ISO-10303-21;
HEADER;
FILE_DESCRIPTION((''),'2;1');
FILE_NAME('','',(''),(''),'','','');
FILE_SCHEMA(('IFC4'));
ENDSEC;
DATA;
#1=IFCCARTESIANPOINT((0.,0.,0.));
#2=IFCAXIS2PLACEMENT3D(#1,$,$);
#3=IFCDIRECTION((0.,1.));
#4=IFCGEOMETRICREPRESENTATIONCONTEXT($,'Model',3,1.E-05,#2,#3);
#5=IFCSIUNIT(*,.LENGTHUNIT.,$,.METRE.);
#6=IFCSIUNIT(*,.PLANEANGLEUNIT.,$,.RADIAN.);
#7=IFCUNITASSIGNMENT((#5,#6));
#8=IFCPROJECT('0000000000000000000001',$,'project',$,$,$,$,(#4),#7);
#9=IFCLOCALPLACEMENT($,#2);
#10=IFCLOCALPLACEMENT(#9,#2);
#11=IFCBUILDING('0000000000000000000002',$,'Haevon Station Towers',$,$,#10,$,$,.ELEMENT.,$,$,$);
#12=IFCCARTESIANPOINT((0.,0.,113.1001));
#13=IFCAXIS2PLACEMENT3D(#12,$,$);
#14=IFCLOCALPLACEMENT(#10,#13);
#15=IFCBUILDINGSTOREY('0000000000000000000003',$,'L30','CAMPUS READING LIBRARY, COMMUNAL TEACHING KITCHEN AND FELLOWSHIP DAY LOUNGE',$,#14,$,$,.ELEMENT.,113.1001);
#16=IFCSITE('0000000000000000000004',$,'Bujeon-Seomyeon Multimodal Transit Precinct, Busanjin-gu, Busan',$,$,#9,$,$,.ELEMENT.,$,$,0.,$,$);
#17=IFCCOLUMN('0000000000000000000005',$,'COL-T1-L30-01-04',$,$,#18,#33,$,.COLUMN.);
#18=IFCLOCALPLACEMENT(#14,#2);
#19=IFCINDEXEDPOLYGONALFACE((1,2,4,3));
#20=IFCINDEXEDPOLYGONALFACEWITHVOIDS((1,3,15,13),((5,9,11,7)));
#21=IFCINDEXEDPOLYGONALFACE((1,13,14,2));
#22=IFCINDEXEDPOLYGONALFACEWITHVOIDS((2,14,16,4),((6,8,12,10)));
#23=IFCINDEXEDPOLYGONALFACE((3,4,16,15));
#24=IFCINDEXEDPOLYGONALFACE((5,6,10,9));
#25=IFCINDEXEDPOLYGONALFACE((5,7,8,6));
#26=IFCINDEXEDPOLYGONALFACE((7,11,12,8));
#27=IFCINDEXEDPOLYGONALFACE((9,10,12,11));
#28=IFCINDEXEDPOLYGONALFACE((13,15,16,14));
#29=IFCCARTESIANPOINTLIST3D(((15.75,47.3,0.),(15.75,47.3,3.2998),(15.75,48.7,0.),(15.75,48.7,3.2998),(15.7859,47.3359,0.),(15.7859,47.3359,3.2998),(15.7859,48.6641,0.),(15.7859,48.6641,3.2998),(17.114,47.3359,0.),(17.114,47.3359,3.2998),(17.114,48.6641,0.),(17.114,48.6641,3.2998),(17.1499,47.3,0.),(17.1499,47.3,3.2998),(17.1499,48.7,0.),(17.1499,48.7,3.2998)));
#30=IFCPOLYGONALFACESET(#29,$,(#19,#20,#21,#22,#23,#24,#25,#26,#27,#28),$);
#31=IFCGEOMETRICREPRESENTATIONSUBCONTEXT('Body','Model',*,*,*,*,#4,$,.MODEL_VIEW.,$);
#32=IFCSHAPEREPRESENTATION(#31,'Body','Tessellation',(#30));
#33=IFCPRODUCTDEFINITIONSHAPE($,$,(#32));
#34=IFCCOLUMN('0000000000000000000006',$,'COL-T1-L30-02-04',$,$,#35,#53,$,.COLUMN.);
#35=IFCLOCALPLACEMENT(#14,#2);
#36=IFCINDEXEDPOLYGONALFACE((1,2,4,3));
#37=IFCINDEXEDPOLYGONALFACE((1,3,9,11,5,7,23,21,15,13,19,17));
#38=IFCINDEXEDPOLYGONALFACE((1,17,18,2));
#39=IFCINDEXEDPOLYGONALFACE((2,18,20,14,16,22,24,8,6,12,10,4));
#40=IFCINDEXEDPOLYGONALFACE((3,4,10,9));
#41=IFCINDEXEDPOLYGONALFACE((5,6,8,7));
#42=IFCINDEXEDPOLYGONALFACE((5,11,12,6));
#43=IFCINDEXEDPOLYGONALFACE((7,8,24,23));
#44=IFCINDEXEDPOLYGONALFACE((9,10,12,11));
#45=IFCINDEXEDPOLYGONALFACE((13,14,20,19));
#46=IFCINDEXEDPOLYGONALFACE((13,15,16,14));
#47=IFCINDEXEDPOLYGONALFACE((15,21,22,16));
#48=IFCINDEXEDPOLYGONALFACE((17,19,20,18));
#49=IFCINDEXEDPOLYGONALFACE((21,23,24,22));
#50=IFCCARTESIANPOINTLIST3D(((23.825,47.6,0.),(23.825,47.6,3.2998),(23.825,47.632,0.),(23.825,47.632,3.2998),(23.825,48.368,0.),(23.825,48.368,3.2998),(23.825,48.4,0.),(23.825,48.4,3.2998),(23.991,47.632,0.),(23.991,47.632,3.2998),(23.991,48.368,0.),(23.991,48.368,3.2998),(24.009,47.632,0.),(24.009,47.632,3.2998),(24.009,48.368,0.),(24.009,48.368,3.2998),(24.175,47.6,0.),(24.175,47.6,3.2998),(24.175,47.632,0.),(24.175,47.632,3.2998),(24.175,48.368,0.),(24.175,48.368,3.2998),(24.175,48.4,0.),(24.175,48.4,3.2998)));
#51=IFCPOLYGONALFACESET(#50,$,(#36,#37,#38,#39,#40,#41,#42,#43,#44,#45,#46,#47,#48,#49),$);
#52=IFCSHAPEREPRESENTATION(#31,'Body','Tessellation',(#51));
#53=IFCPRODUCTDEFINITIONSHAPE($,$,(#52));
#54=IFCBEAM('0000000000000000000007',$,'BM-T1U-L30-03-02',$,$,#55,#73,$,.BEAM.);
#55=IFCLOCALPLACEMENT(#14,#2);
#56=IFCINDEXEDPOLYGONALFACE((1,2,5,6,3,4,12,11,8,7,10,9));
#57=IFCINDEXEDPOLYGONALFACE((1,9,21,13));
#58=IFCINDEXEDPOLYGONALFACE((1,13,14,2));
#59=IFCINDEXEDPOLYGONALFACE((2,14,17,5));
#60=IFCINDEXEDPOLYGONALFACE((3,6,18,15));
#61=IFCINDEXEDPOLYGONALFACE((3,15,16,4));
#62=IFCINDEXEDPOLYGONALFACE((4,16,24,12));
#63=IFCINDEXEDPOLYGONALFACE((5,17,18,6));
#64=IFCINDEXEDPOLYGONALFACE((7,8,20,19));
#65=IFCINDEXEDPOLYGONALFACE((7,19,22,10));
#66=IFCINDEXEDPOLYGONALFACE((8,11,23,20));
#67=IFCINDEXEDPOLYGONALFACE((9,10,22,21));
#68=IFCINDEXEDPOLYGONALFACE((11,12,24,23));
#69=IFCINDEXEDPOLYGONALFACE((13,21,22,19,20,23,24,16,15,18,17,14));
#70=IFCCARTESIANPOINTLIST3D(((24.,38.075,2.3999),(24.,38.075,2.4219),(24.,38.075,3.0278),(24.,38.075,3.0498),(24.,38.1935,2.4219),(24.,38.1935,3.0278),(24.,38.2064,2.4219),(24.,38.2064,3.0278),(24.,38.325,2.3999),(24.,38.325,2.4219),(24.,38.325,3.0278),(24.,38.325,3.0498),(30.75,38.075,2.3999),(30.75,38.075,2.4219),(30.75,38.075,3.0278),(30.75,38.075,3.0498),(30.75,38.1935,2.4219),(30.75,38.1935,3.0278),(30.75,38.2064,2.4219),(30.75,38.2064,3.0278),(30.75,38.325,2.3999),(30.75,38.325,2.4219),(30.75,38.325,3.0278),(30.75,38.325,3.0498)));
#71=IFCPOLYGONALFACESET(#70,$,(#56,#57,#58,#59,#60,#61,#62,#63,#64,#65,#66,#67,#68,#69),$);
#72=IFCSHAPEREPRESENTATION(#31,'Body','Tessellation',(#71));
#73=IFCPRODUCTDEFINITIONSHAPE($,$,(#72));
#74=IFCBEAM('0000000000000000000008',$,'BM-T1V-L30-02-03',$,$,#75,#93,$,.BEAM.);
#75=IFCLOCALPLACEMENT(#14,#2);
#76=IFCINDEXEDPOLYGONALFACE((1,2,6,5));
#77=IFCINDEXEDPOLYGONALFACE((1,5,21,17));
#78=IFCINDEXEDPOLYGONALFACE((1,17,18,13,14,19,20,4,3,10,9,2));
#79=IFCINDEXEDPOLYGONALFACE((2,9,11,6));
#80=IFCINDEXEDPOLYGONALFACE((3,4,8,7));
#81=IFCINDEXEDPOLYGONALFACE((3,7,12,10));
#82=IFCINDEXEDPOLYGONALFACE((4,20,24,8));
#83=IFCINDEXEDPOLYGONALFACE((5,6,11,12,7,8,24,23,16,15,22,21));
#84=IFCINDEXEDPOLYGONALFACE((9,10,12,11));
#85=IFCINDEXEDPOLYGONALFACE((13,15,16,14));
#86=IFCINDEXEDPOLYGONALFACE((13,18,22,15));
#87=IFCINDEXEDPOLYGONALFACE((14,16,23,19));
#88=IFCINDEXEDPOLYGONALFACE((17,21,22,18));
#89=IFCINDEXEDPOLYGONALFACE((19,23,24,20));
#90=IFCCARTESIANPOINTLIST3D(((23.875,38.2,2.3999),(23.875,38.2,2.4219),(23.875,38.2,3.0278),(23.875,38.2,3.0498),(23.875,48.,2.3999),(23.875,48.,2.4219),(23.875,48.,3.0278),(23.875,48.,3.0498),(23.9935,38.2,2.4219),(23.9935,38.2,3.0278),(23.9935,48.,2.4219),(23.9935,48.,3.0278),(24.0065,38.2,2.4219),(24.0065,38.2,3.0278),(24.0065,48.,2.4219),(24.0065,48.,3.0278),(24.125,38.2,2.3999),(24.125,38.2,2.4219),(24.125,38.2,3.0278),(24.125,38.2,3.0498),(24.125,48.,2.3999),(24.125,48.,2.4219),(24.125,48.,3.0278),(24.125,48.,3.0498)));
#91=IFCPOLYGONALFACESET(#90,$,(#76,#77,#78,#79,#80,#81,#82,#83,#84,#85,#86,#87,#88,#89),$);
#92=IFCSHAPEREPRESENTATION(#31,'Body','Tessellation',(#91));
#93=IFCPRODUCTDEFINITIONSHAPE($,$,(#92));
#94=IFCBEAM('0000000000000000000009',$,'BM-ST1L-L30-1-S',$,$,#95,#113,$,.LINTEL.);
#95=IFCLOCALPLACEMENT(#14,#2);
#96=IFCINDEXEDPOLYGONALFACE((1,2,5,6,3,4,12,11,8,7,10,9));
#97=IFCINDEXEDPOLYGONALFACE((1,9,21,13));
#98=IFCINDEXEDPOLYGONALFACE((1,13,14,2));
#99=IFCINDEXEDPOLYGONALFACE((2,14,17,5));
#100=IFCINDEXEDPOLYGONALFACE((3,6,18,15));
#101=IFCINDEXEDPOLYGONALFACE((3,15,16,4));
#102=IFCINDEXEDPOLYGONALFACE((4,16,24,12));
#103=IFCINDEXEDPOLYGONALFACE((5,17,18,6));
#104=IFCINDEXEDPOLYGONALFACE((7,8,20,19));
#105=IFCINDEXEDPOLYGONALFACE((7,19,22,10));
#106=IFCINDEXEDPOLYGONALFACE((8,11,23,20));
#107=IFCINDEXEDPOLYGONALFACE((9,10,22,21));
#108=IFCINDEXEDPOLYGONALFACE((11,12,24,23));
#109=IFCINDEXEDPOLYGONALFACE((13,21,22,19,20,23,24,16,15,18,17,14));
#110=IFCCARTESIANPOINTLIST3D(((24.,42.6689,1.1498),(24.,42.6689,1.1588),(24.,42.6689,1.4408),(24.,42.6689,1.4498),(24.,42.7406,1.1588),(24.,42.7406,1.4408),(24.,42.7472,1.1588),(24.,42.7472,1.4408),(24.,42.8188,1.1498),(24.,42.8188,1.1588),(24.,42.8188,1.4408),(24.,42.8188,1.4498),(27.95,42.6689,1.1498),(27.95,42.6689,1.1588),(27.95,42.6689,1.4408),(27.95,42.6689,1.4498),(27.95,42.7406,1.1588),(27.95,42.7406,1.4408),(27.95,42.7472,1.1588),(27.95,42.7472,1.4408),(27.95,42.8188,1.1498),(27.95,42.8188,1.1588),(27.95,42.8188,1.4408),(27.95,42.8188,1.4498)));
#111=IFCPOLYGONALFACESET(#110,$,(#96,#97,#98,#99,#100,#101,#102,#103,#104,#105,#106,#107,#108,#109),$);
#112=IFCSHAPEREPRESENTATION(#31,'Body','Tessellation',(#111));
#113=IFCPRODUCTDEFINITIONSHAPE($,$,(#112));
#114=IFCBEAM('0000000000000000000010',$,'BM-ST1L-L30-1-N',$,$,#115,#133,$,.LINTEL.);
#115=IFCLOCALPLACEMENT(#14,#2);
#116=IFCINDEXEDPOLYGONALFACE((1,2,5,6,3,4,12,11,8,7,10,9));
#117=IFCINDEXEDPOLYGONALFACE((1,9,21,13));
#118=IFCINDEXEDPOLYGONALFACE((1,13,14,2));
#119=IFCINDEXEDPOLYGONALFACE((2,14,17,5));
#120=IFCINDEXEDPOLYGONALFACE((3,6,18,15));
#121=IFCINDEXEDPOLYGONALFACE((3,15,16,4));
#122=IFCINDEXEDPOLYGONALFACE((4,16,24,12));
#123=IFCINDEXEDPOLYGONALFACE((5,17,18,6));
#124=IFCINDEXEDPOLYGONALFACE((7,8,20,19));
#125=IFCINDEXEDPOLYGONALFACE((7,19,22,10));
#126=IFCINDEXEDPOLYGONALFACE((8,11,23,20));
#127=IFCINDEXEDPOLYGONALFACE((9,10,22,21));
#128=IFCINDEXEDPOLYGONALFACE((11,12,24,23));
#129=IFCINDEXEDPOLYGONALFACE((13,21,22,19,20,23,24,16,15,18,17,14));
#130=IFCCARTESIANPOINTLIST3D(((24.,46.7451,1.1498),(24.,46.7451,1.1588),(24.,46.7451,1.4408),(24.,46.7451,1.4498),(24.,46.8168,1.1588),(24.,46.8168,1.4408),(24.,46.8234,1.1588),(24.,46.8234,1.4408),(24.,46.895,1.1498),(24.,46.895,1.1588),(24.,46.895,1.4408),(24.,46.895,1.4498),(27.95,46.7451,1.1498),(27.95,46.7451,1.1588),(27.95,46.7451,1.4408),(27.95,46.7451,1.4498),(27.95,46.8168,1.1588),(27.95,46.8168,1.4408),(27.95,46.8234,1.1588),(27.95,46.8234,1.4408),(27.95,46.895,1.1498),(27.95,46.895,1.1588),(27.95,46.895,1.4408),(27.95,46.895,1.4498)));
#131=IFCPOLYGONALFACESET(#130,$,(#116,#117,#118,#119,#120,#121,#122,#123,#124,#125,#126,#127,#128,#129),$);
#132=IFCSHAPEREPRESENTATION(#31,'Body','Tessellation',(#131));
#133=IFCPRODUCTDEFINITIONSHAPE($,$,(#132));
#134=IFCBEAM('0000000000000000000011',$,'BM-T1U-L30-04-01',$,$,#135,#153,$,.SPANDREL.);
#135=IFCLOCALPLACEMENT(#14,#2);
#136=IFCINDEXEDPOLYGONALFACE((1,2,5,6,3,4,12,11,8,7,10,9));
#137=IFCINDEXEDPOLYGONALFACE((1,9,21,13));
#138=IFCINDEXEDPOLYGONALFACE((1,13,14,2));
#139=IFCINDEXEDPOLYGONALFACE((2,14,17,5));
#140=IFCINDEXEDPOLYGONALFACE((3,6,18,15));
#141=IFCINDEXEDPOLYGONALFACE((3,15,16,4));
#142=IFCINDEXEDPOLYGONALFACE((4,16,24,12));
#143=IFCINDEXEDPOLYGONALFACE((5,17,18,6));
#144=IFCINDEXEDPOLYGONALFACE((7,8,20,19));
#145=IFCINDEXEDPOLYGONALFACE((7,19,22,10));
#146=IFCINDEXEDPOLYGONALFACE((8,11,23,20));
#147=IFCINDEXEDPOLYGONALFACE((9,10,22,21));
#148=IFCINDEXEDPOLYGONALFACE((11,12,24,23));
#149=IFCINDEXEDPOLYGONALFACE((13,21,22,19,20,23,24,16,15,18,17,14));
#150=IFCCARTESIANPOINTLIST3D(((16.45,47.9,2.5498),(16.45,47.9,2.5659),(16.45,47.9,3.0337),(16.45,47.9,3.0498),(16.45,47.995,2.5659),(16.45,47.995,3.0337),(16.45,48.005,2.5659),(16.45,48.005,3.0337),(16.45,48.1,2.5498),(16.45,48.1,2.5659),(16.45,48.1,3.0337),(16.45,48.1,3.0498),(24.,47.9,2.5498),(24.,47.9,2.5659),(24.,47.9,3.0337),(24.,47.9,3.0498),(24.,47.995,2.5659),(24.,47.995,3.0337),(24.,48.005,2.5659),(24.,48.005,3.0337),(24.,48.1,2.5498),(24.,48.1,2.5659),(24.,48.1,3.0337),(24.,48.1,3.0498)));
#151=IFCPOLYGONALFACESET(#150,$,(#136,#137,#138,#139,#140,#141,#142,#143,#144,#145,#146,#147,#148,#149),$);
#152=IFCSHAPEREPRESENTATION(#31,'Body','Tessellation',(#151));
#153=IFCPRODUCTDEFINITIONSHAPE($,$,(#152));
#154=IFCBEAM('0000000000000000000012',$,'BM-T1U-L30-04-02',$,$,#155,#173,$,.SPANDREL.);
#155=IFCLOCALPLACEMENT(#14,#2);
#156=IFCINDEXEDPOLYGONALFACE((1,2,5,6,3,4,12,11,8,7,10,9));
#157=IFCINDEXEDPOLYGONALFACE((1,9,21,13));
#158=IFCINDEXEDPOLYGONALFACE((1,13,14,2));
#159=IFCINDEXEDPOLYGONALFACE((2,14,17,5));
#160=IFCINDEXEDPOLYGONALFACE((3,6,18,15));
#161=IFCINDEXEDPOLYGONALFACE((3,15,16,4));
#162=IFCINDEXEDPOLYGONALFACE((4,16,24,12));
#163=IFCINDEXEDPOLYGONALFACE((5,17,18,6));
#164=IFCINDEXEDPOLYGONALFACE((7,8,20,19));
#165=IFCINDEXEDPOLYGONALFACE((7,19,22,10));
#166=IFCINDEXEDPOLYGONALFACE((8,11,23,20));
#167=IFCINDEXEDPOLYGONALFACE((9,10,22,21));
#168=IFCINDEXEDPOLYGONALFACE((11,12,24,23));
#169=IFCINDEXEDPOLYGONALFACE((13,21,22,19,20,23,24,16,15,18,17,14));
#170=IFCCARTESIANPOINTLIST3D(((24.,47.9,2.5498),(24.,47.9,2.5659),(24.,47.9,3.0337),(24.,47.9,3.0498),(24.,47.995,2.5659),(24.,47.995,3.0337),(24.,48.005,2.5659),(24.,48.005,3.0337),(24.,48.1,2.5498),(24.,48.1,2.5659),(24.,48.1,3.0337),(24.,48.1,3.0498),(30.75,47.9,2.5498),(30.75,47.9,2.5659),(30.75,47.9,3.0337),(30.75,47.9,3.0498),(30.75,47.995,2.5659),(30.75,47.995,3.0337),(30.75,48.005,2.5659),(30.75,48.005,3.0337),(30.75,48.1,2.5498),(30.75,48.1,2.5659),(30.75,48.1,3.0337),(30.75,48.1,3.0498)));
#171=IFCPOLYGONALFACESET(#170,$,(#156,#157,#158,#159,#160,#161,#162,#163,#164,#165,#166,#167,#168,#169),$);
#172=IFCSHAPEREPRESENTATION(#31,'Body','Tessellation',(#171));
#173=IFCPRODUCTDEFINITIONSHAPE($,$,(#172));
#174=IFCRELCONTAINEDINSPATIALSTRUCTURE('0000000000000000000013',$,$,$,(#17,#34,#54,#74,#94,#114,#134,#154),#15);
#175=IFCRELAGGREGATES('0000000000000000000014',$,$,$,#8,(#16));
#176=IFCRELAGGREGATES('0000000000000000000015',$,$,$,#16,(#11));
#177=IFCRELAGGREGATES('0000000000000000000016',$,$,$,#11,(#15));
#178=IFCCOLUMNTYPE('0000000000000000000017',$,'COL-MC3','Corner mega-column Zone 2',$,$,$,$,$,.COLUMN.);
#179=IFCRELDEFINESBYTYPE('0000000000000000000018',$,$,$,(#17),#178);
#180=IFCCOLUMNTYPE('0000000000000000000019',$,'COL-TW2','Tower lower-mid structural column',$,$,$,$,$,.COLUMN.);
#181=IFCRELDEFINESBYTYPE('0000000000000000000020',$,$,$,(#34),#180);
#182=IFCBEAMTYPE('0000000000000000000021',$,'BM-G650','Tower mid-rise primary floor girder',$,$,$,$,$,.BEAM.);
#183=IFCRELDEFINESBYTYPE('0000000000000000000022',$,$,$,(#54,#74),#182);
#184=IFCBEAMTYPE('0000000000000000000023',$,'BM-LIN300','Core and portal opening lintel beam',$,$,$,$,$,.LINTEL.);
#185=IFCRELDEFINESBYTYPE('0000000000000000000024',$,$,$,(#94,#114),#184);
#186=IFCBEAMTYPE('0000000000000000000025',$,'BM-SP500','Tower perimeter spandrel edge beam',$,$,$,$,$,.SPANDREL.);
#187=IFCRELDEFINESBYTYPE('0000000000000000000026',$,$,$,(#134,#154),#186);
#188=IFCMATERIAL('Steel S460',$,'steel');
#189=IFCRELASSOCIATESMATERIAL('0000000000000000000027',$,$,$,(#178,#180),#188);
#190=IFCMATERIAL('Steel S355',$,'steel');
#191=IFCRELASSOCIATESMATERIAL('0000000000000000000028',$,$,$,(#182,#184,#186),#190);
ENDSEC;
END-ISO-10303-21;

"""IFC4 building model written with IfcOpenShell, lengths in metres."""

from ifc_helpers import new_model, si_unit, direction, frame, origin, origin_2d, place, context, subcontext, project, spatial, hollow_rectangle, i_section, extrude, material, material_profile, profile_set, type_object, element, save


model = new_model("IFC4")

# Units and contexts
model_context = context("Model", 3, precision=1e-05, world=origin(), true_north=direction((0.0, 1.0)))
body_context = subcontext(model_context, "Body", "Model", "MODEL_VIEW")
ifc_project = project(units=[si_unit("LENGTHUNIT", "METRE"), si_unit("PLANEANGLEUNIT", "RADIAN")], contexts=[model_context])

# Site, building, storey
site_placement = place(None, origin())
site = spatial("IfcSite", under=ifc_project, at=site_placement, Name="Bujeon-Seomyeon Multimodal Transit Precinct, Busanjin-gu, Busan", CompositionType="ELEMENT", RefElevation=0.0)
building_placement = place(site_placement, origin())
building = spatial("IfcBuilding", under=site, at=building_placement, Name="Haevon Station Towers", CompositionType="ELEMENT")
storey_placement = place(building_placement, frame((0.0, 0.0, 113.1001)))
storey = spatial("IfcBuildingStorey", under=building, at=storey_placement, Name="L30", Description="CAMPUS READING LIBRARY, COMMUNAL TEACHING KITCHEN AND FELLOWSHIP DAY LOUNGE", CompositionType="ELEMENT", Elevation=113.1001)

# Columns
ifc_material_1 = material(Name="Steel S460", Category="steel")
ifc_material_profile_1 = material_profile(ifc_material_1, hollow_rectangle(XDim=1.3999, YDim=1.3999, WallThickness=0.0359, at=origin_2d()), Name="BOX-1400x1400x36")
ifc_profile_set_1 = profile_set([ifc_material_profile_1], Name="Steel S460")
column_type_1 = type_object("IfcColumnType", Name="COL-MC3", Description="Corner mega-column Zone 2", PredefinedType="COLUMN", material=ifc_profile_set_1)
column_1_placement = place(storey_placement, frame((16.45, 48.0, 0.0), z_axis=(0.0, 0.0, 1.0), x_axis=(1.0, 0.0, 0.0)))
element("IfcColumn", 1, at=column_1_placement, inside=storey, type_object=column_type_1, Name="COL-T1-L30-01-04", PredefinedType="COLUMN", context=body_context, shape_type="SweptSolid", body=[
    extrude(hollow_rectangle(XDim=1.3999, YDim=1.3999, WallThickness=0.0359, at=origin_2d()), origin(), (0.0, 0.0, 1.0), 3.2998),
])
ifc_material_profile_2 = material_profile(ifc_material_1, i_section(OverallWidth=0.3501, OverallDepth=0.8, WebThickness=0.0181, FlangeThickness=0.032, at=origin_2d()), Name="H-800x350x18x32")
ifc_profile_set_2 = profile_set([ifc_material_profile_2], Name="Steel S460")
column_type_2 = type_object("IfcColumnType", Name="COL-TW2", Description="Tower lower-mid structural column", PredefinedType="COLUMN", material=ifc_profile_set_2)
column_2_placement = place(storey_placement, frame((24.0, 48.0, 0.0), z_axis=(0.0, 0.0, 1.0), x_axis=(1.0, 0.0, 0.0)))
element("IfcColumn", 2, at=column_2_placement, inside=storey, type_object=column_type_2, Name="COL-T1-L30-02-04", PredefinedType="COLUMN", context=body_context, shape_type="SweptSolid", body=[
    extrude(i_section(OverallWidth=0.3501, OverallDepth=0.8, WebThickness=0.0181, FlangeThickness=0.032, at=origin_2d()), origin(), (0.0, 0.0, 1.0), 3.2998),
])

# Beams
ifc_material_2 = material(Name="Steel S355", Category="steel")
ifc_material_profile_3 = material_profile(ifc_material_2, i_section(OverallWidth=0.25, OverallDepth=0.6499, WebThickness=0.0129, FlangeThickness=0.022, at=origin_2d()), Name="H-650x250x13x22")
ifc_profile_set_3 = profile_set([ifc_material_profile_3], Name="Steel S355")
beam_type_1 = type_object("IfcBeamType", Name="BM-G650", Description="Tower mid-rise primary floor girder", PredefinedType="BEAM", material=ifc_profile_set_3)
beam_1_placement = place(storey_placement, frame((24.0, 38.2, 2.7249), z_axis=(1.0, 0.0, 0.0), x_axis=(0.0, 1.0, 0.0)))
element("IfcBeam", 3, at=beam_1_placement, inside=storey, type_object=beam_type_1, Name="BM-T1U-L30-03-02", PredefinedType="BEAM", context=body_context, shape_type="SweptSolid", body=[
    extrude(i_section(OverallWidth=0.25, OverallDepth=0.6499, WebThickness=0.0129, FlangeThickness=0.022, at=origin_2d()), origin(), (0.0, 0.0, 1.0), 6.75),
])
beam_2_placement = place(storey_placement, frame((24.0, 38.2, 2.7249), z_axis=(0.0, 1.0, 0.0), x_axis=(-1.0, 0.0, 0.0)))
element("IfcBeam", 4, at=beam_2_placement, inside=storey, type_object=beam_type_1, Name="BM-T1V-L30-02-03", PredefinedType="BEAM", context=body_context, shape_type="SweptSolid", body=[
    extrude(i_section(OverallWidth=0.25, OverallDepth=0.6499, WebThickness=0.0129, FlangeThickness=0.022, at=origin_2d()), origin(), (0.0, 0.0, 1.0), 9.8),
])
ifc_material_profile_4 = material_profile(ifc_material_2, i_section(OverallWidth=0.1499, OverallDepth=0.3, WebThickness=0.0066, FlangeThickness=0.009, at=origin_2d()), Name="H-300x150x6.5x9")
ifc_profile_set_4 = profile_set([ifc_material_profile_4], Name="Steel S355")
beam_type_2 = type_object("IfcBeamType", Name="BM-LIN300", Description="Core and portal opening lintel beam", PredefinedType="LINTEL", material=ifc_profile_set_4)
for number, where, z_axis, x_axis, name in (
    (5, (24.0, 42.7439, 1.2998), (1.0, 0.0, 0.0), (0.0, 1.0, 0.0), "BM-ST1L-L30-1-S"),
    (6, (24.0, 46.8201, 1.2998), (1.0, 0.0, 0.0), (0.0, 1.0, 0.0), "BM-ST1L-L30-1-N"),
):
    element("IfcBeam", number, at=place(storey_placement, frame(where, z_axis=z_axis, x_axis=x_axis)), inside=storey, type_object=beam_type_2, Name=name, PredefinedType="LINTEL", context=body_context, shape_type="SweptSolid", body=[
        extrude(i_section(OverallWidth=0.1499, OverallDepth=0.3, WebThickness=0.0066, FlangeThickness=0.009, at=origin_2d()), origin(), (0.0, 0.0, 1.0), 3.95),
    ])
ifc_material_profile_5 = material_profile(ifc_material_2, i_section(OverallWidth=0.2, OverallDepth=0.5, WebThickness=0.01, FlangeThickness=0.0161, at=origin_2d()), Name="H-500x200x10x16")
ifc_profile_set_5 = profile_set([ifc_material_profile_5], Name="Steel S355")
beam_type_3 = type_object("IfcBeamType", Name="BM-SP500", Description="Tower perimeter spandrel edge beam", PredefinedType="SPANDREL", material=ifc_profile_set_5)
beam_3_placement = place(storey_placement, frame((16.45, 48.0, 2.7998), z_axis=(1.0, 0.0, 0.0), x_axis=(0.0, 1.0, 0.0)))
element("IfcBeam", 7, at=beam_3_placement, inside=storey, type_object=beam_type_3, Name="BM-T1U-L30-04-01", PredefinedType="SPANDREL", context=body_context, shape_type="SweptSolid", body=[
    extrude(i_section(OverallWidth=0.2, OverallDepth=0.5, WebThickness=0.01, FlangeThickness=0.0161, at=origin_2d()), origin(), (0.0, 0.0, 1.0), 7.55),
])
beam_4_placement = place(storey_placement, frame((24.0, 48.0, 2.7998), z_axis=(1.0, 0.0, 0.0), x_axis=(0.0, 1.0, 0.0)))
element("IfcBeam", 8, at=beam_4_placement, inside=storey, type_object=beam_type_3, Name="BM-T1U-L30-04-02", PredefinedType="SPANDREL", context=body_context, shape_type="SweptSolid", body=[
    extrude(i_section(OverallWidth=0.2, OverallDepth=0.5, WebThickness=0.01, FlangeThickness=0.0161, at=origin_2d()), origin(), (0.0, 0.0, 1.0), 6.75),
])

save(model, "model.ifc")
